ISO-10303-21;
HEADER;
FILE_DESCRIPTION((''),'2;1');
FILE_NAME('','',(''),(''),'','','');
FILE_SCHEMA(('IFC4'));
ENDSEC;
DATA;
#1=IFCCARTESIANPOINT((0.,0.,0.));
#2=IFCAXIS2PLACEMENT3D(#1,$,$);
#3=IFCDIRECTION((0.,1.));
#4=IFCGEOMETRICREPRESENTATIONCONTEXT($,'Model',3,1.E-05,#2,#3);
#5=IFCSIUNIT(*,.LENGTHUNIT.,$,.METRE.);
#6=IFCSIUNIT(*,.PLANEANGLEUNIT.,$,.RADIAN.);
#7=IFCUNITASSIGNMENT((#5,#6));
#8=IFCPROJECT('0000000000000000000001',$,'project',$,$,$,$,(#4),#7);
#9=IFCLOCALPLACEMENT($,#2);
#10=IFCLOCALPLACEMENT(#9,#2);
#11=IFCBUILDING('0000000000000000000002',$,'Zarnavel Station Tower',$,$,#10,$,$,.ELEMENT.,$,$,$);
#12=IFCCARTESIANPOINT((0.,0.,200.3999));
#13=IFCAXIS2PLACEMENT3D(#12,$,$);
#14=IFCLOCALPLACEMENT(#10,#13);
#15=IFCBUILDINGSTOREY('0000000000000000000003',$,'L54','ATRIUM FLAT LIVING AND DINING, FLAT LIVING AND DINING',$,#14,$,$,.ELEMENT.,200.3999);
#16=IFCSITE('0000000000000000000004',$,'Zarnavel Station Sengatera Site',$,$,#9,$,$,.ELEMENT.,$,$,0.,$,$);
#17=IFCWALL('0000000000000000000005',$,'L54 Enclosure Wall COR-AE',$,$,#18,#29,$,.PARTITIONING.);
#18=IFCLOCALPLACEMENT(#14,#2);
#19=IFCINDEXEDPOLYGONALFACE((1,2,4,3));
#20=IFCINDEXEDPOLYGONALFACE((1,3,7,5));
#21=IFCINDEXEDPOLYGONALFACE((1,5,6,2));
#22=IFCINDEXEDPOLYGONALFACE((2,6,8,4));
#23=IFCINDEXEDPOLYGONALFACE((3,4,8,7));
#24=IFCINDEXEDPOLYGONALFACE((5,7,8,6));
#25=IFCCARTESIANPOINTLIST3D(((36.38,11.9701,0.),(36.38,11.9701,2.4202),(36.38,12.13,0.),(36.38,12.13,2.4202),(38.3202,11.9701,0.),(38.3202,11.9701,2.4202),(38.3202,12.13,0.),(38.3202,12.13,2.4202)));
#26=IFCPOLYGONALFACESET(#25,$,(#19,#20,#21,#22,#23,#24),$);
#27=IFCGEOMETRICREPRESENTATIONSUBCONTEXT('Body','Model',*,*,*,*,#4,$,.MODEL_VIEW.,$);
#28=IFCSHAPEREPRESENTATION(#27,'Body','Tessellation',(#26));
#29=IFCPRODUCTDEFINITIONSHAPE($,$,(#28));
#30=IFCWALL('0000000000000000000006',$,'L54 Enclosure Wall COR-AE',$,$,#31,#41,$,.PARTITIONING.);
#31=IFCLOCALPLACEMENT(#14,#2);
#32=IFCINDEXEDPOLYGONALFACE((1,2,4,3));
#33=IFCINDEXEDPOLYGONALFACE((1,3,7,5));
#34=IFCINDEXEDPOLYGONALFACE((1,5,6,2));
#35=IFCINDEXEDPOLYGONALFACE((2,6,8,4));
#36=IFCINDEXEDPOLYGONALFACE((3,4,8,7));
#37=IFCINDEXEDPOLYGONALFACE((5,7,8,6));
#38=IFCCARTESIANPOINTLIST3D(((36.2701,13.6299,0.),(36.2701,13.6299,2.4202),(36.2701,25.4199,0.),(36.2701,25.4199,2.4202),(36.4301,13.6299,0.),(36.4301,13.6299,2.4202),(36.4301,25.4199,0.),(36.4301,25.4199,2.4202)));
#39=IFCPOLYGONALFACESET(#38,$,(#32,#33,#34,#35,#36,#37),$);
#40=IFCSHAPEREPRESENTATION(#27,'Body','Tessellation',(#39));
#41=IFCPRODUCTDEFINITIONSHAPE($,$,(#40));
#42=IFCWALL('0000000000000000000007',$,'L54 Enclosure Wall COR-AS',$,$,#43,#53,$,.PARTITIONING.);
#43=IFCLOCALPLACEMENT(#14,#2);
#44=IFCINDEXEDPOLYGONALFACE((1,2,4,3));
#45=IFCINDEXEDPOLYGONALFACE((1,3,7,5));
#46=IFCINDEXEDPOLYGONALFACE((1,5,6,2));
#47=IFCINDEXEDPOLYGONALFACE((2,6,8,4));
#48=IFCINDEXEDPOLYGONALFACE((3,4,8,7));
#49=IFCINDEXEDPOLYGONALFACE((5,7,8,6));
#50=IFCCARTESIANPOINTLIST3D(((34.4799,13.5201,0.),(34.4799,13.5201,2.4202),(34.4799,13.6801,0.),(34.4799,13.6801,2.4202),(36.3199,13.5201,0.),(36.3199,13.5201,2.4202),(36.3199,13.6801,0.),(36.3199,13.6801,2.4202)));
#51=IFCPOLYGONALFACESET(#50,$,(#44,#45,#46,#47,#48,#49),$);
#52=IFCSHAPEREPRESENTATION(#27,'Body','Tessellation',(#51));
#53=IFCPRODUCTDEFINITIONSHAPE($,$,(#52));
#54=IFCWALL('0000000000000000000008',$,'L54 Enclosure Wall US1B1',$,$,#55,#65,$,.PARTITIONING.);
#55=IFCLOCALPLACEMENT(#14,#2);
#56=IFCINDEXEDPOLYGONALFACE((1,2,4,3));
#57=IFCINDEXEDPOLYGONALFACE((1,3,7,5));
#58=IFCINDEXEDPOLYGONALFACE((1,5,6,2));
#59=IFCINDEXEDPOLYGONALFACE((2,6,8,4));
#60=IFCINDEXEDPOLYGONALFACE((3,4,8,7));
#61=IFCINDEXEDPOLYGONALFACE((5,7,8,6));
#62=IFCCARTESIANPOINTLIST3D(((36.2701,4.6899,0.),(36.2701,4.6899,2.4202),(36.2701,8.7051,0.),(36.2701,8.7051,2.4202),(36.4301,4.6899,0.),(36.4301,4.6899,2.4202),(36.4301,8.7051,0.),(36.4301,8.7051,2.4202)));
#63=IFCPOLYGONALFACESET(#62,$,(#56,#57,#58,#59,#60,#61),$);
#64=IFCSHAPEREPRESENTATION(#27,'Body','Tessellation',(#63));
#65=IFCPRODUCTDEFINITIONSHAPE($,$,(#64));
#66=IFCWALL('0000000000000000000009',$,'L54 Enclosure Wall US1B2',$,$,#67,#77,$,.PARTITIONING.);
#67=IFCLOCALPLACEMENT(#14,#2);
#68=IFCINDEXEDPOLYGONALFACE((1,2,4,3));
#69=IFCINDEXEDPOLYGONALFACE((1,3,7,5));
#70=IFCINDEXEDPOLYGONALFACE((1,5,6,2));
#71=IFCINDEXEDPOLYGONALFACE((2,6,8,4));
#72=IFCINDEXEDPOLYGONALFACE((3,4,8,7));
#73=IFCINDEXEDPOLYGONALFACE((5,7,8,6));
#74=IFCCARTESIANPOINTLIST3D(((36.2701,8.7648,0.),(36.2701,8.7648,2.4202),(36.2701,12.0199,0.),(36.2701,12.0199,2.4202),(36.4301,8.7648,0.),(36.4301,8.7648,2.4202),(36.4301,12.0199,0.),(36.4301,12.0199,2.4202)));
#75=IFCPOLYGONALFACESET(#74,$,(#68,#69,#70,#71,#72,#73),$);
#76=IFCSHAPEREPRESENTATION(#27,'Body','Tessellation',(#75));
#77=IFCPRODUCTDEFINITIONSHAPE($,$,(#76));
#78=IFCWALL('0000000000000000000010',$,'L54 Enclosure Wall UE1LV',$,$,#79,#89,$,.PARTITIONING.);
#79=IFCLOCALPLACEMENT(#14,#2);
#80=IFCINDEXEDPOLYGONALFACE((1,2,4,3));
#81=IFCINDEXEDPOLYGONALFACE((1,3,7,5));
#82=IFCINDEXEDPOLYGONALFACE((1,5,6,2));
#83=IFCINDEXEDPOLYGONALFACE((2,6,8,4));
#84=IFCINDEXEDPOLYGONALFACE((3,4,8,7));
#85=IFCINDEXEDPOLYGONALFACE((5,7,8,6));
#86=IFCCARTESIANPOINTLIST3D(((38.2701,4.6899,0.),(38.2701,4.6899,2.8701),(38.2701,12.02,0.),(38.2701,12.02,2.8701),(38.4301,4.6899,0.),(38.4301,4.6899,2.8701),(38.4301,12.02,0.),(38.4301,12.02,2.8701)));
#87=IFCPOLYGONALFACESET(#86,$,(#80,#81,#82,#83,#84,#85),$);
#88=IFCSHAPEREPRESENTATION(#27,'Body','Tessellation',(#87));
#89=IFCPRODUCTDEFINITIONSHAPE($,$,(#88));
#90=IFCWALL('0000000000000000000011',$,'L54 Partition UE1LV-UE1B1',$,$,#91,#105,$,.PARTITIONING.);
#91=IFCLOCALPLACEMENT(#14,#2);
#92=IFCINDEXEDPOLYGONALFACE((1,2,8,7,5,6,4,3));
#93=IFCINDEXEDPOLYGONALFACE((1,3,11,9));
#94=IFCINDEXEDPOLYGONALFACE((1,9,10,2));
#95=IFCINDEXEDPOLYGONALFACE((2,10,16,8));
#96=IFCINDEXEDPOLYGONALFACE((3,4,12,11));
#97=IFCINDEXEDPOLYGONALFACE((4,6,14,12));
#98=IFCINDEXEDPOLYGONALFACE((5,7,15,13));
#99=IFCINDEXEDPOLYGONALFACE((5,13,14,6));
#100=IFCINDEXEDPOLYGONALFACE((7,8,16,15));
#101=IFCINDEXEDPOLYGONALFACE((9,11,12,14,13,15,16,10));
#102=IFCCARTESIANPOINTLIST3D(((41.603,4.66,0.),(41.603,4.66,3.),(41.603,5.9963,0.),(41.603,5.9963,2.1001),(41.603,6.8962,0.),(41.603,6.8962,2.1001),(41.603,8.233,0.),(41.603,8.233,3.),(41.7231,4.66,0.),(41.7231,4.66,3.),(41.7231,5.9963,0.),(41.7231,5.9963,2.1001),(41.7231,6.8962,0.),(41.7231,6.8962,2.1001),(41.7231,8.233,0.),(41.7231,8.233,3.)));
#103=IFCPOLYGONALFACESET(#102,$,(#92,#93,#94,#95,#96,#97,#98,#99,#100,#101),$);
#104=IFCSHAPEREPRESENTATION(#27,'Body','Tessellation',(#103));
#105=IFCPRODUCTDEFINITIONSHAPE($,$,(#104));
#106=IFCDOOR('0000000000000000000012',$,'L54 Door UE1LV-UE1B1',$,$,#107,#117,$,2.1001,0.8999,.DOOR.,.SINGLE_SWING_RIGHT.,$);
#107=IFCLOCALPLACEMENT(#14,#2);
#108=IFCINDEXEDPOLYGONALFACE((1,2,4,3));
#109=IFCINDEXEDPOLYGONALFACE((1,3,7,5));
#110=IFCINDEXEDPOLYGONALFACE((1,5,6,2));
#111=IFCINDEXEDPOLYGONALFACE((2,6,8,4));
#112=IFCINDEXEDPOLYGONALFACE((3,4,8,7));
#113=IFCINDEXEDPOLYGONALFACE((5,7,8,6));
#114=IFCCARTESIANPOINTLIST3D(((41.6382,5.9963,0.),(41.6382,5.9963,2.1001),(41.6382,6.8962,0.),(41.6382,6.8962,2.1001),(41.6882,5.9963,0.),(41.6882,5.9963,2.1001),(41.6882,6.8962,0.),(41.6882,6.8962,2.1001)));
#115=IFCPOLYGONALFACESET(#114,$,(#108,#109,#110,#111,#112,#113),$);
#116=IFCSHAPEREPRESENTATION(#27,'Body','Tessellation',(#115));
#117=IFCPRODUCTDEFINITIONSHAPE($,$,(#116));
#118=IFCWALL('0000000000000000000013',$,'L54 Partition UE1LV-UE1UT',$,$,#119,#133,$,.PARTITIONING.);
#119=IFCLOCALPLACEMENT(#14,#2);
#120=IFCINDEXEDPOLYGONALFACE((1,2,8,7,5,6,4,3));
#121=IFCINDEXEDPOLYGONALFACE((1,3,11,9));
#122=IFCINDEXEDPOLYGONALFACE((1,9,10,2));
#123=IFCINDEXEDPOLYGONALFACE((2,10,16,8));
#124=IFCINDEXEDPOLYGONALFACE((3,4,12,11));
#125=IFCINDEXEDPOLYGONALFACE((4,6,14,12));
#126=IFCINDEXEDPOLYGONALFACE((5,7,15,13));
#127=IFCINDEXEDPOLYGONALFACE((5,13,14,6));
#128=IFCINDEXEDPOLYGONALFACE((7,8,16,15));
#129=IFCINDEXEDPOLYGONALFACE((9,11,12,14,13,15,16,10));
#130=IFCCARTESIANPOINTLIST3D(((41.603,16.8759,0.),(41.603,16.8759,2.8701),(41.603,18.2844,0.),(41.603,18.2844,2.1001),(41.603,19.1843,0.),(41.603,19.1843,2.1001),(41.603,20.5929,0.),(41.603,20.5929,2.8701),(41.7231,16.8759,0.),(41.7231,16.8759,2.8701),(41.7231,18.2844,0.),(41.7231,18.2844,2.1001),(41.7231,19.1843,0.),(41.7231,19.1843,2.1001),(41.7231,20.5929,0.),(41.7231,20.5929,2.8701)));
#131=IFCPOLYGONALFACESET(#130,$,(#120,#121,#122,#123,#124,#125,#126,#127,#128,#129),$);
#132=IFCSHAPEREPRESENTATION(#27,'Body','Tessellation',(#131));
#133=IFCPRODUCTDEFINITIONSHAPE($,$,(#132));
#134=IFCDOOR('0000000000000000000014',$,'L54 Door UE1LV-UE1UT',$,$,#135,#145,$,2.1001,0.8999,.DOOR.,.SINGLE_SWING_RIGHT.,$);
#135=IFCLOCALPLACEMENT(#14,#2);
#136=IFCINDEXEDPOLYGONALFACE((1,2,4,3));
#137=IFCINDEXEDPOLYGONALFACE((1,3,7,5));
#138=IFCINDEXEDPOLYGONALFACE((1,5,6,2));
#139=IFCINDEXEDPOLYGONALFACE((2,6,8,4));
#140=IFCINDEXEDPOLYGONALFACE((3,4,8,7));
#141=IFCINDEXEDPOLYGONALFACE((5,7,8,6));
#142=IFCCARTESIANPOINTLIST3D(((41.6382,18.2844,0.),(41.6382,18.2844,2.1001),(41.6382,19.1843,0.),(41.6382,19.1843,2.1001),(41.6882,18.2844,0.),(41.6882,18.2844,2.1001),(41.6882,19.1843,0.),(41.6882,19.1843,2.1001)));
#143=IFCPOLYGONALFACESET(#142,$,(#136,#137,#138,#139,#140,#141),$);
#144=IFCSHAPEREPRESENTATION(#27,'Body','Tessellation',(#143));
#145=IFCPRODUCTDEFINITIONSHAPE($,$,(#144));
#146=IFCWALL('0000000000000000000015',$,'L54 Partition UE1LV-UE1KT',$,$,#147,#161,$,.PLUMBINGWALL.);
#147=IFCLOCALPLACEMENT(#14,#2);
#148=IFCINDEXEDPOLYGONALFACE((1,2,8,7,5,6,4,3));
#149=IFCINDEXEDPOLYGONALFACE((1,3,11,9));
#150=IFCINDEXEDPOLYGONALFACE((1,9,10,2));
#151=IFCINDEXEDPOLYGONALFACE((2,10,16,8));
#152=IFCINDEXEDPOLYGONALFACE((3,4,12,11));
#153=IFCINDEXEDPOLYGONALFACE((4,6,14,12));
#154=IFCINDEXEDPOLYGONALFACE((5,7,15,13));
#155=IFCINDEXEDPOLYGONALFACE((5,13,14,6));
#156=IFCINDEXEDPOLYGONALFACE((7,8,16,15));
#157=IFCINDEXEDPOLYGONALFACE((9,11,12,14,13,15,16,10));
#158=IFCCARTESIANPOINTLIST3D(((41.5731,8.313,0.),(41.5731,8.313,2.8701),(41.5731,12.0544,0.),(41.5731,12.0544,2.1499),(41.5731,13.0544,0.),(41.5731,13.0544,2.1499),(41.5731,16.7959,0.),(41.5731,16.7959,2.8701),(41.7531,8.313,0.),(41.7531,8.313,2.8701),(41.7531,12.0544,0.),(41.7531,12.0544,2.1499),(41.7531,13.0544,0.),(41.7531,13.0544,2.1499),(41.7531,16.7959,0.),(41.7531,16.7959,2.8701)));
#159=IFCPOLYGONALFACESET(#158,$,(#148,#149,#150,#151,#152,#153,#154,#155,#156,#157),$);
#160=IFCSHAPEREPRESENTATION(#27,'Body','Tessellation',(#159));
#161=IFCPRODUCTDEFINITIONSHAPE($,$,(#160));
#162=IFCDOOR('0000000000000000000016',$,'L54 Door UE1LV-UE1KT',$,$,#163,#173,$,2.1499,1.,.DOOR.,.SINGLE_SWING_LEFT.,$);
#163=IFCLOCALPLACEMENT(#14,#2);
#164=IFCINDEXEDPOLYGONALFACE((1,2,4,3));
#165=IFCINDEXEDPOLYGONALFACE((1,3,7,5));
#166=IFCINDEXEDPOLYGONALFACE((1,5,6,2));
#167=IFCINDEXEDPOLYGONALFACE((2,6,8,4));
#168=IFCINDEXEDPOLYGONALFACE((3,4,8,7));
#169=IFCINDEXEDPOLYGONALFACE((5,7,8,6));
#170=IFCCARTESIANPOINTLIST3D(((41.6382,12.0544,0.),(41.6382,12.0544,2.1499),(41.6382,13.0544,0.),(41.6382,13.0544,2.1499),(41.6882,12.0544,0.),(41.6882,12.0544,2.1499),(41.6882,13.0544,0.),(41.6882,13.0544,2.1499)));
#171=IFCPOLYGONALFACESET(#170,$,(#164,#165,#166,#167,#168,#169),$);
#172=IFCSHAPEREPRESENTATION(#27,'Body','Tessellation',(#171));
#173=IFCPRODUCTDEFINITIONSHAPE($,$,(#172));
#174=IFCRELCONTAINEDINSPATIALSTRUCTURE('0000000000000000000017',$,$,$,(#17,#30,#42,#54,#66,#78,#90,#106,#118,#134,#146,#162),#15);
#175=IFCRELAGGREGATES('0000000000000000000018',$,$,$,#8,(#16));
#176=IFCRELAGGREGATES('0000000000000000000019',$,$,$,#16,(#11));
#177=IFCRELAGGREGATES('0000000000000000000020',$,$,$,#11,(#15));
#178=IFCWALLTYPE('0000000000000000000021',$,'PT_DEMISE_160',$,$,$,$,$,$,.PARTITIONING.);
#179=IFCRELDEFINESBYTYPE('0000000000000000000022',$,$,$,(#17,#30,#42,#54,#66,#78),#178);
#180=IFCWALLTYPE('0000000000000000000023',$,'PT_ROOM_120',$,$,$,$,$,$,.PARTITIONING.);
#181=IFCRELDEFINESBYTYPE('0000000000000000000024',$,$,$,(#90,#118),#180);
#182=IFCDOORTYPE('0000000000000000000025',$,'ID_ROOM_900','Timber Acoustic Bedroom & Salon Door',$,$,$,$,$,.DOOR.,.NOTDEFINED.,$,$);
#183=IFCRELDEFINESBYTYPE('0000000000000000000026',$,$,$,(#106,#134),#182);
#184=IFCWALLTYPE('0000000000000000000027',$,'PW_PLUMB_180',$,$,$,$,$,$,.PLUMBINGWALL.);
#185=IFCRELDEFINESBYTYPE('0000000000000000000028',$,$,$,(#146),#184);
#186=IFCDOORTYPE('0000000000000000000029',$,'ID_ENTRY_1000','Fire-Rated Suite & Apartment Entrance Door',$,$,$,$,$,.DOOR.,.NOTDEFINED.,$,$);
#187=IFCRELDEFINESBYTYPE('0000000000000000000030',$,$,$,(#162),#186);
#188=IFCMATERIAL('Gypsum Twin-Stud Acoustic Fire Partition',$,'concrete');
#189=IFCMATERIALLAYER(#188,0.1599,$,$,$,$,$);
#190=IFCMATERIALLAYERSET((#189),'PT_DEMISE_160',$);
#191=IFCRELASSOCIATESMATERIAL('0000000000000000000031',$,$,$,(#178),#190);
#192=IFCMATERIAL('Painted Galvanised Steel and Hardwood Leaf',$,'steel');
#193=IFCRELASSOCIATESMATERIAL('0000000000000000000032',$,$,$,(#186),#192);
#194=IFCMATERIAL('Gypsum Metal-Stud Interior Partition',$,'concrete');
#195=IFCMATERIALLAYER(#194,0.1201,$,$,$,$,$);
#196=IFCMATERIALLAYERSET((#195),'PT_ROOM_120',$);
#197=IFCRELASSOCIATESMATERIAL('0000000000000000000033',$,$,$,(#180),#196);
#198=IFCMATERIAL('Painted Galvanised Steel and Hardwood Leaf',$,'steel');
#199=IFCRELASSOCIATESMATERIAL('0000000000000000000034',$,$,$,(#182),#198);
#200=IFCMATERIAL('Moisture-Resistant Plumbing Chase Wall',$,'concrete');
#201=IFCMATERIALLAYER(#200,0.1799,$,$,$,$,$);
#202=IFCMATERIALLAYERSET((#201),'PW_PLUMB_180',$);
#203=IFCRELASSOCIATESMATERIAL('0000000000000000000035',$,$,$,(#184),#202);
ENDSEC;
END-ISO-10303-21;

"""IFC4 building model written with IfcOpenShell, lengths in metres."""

from ifc_helpers import new_model, si_unit, direction, frame, frame_2d, origin, place, context, subcontext, project, spatial, rectangle, extrude, material, layer, layer_set, type_object, element, fill, save


model = new_model("IFC4")

# Units and contexts
model_context = context("Model", 3, precision=1e-05, world=origin(), true_north=direction((0.0, 1.0)))
body_context = subcontext(model_context, "Body", "Model", "MODEL_VIEW")
ifc_project = project(units=[si_unit("LENGTHUNIT", "METRE"), si_unit("PLANEANGLEUNIT", "RADIAN")], contexts=[model_context])

# Site, building, storey
site_placement = place(None, origin())
site = spatial("IfcSite", under=ifc_project, at=site_placement, Name="Zarnavel Station Sengatera Site", CompositionType="ELEMENT", RefElevation=0.0)
building_placement = place(site_placement, origin())
building = spatial("IfcBuilding", under=site, at=building_placement, Name="Zarnavel Station Tower", CompositionType="ELEMENT")
storey_placement = place(building_placement, frame((0.0, 0.0, 200.3999)))
storey = spatial("IfcBuildingStorey", under=building, at=storey_placement, Name="L54", Description="ATRIUM FLAT LIVING AND DINING, FLAT LIVING AND DINING", CompositionType="ELEMENT", Elevation=200.3999)

# Shared definitions
ifc_material_1 = material(Name="Gypsum Twin-Stud Acoustic Fire Partition", Category="concrete")
ifc_layer_1 = layer(ifc_material_1, 0.1599)
ifc_layer_set_1 = layer_set([ifc_layer_1], Name="PT_DEMISE_160")
wall_type_1 = type_object("IfcWallType", Name="PT_DEMISE_160", PredefinedType="PARTITIONING", material=ifc_layer_set_1)
ifc_material_2 = material(Name="Painted Galvanised Steel and Hardwood Leaf", Category="steel")
door_type_1 = type_object("IfcDoorType", Name="ID_ENTRY_1000", Description="Fire-Rated Suite & Apartment Entrance Door", OperationType="NOTDEFINED", PredefinedType="DOOR", material=ifc_material_2)

# Walls
wall_1_placement = place(storey_placement, frame((36.3799, 12.05, 0.0), z_axis=(0.0, 0.0, 1.0), x_axis=(1.0, 0.0, 0.0)))
element("IfcWall", 1, at=wall_1_placement, inside=storey, type_object=wall_type_1, Name="L54 Enclosure Wall COR-AE", PredefinedType="PARTITIONING", context=body_context, shape_type="SweptSolid", body=[
    extrude(rectangle(XDim=1.9402, YDim=0.1599, at=frame_2d((0.9702, 0.0))), origin(), (0.0, 0.0, 1.0), 2.4202),
])
wall_2_placement = place(storey_placement, frame((36.3501, 13.6299, 0.0), z_axis=(0.0, 0.0, 1.0), x_axis=(0.0, 1.0, 0.0)))
element("IfcWall", 2, at=wall_2_placement, inside=storey, type_object=wall_type_1, Name="L54 Enclosure Wall COR-AE", PredefinedType="PARTITIONING", context=body_context, shape_type="SweptSolid", body=[
    extrude(rectangle(XDim=11.79, YDim=0.1599, at=frame_2d((5.895, 0.0))), origin(), (0.0, 0.0, 1.0), 2.4202),
])
wall_3_placement = place(storey_placement, frame((34.48, 13.6001, 0.0), z_axis=(0.0, 0.0, 1.0), x_axis=(1.0, 0.0, 0.0)))
element("IfcWall", 3, at=wall_3_placement, inside=storey, type_object=wall_type_1, Name="L54 Enclosure Wall COR-AS", PredefinedType="PARTITIONING", context=body_context, shape_type="SweptSolid", body=[
    extrude(rectangle(XDim=1.8401, YDim=0.1599, at=frame_2d((0.9199, 0.0))), origin(), (0.0, 0.0, 1.0), 2.4202),
])
wall_4_placement = place(storey_placement, frame((36.3501, 4.6899, 0.0), z_axis=(0.0, 0.0, 1.0), x_axis=(0.0, 1.0, 0.0)))
element("IfcWall", 4, at=wall_4_placement, inside=storey, type_object=wall_type_1, Name="L54 Enclosure Wall US1B1", PredefinedType="PARTITIONING", context=body_context, shape_type="SweptSolid", body=[
    extrude(rectangle(XDim=4.0151, YDim=0.1599, at=frame_2d((2.0076, 0.0))), origin(), (0.0, 0.0, 1.0), 2.4202),
])
wall_5_placement = place(storey_placement, frame((36.3501, 8.7649, 0.0), z_axis=(0.0, 0.0, 1.0), x_axis=(0.0, 1.0, 0.0)))
element("IfcWall", 5, at=wall_5_placement, inside=storey, type_object=wall_type_1, Name="L54 Enclosure Wall US1B2", PredefinedType="PARTITIONING", context=body_context, shape_type="SweptSolid", body=[
    extrude(rectangle(XDim=3.2551, YDim=0.1599, at=frame_2d((1.6274, 0.0))), origin(), (0.0, 0.0, 1.0), 2.4202),
])
wall_6_placement = place(storey_placement, frame((38.3501, 4.6899, 0.0), z_axis=(0.0, 0.0, 1.0), x_axis=(0.0, 1.0, 0.0)))
element("IfcWall", 6, at=wall_6_placement, inside=storey, type_object=wall_type_1, Name="L54 Enclosure Wall UE1LV", PredefinedType="PARTITIONING", context=body_context, shape_type="SweptSolid", body=[
    extrude(rectangle(XDim=7.3301, YDim=0.1599, at=frame_2d((3.665, 0.0))), origin(), (0.0, 0.0, 1.0), 2.8701),
])

# Walls, openings, doors
ifc_material_3 = material(Name="Gypsum Metal-Stud Interior Partition", Category="concrete")
ifc_layer_2 = layer(ifc_material_3, 0.1201)
ifc_layer_set_2 = layer_set([ifc_layer_2], Name="PT_ROOM_120")
wall_type_2 = type_object("IfcWallType", Name="PT_ROOM_120", PredefinedType="PARTITIONING", material=ifc_layer_set_2)
wall_7_placement = place(storey_placement, frame((41.6631, 4.6599, 0.0), z_axis=(0.0, 0.0, 1.0), x_axis=(0.0, 1.0, 0.0)))
wall_7 = element("IfcWall", 7, at=wall_7_placement, inside=storey, type_object=wall_type_2, Name="L54 Partition UE1LV-UE1B1", PredefinedType="PARTITIONING", context=body_context, shape_type="SweptSolid", body=[
    extrude(rectangle(XDim=3.573, YDim=0.1201, at=frame_2d((1.7866, 0.0))), origin(), (0.0, 0.0, 1.0), 3.0),
])
opening_1_placement = place(wall_7_placement, frame((1.3364, 0.0, 0.0)))
opening_1 = element("IfcOpeningElement", 8, at=opening_1_placement, cuts=wall_7, PredefinedType="OPENING", context=body_context, shape_type="SweptSolid", body=[
    extrude(rectangle(XDim=0.8999, YDim=2.1001, at=frame_2d((0.45, 1.05))), frame((0.0, 0.0701, 0.0), z_axis=(0.0, -1.0, 0.0), x_axis=(1.0, 0.0, 0.0)), (0.0, 0.0, 1.0), 0.1401),
])
ifc_material_4 = material(Name="Painted Galvanised Steel and Hardwood Leaf", Category="steel")
door_type_2 = type_object("IfcDoorType", Name="ID_ROOM_900", Description="Timber Acoustic Bedroom & Salon Door", OperationType="NOTDEFINED", PredefinedType="DOOR", material=ifc_material_4)
door_1_placement = place(opening_1_placement, origin())
door_1 = element("IfcDoor", 9, at=door_1_placement, inside=storey, type_object=door_type_2, Name="L54 Door UE1LV-UE1B1", OperationType="SINGLE_SWING_RIGHT", OverallHeight=2.1001, OverallWidth=0.8999, PredefinedType="DOOR", context=body_context, shape_type="SweptSolid", body=[
    extrude(rectangle(XDim=0.8999, YDim=2.1001, at=frame_2d((0.45, 1.05))), frame((0.0, 0.0249, 0.0), z_axis=(0.0, -1.0, 0.0), x_axis=(1.0, 0.0, 0.0)), (0.0, 0.0, 1.0), 0.05),
])
fill(opening_1, door_1)
wall_8_placement = place(storey_placement, frame((41.6631, 16.876, 0.0), z_axis=(0.0, 0.0, 1.0), x_axis=(0.0, 1.0, 0.0)))
wall_8 = element("IfcWall", 10, at=wall_8_placement, inside=storey, type_object=wall_type_2, Name="L54 Partition UE1LV-UE1UT", PredefinedType="PARTITIONING", context=body_context, shape_type="SweptSolid", body=[
    extrude(rectangle(XDim=3.717, YDim=0.1201, at=frame_2d((1.8584, 0.0))), origin(), (0.0, 0.0, 1.0), 2.8701),
])
opening_2_placement = place(wall_8_placement, frame((1.4084, 0.0, 0.0)))
opening_2 = element("IfcOpeningElement", 11, at=opening_2_placement, cuts=wall_8, PredefinedType="OPENING", context=body_context, shape_type="SweptSolid", body=[
    extrude(rectangle(XDim=0.8999, YDim=2.1001, at=frame_2d((0.45, 1.05))), frame((0.0, 0.0701, 0.0), z_axis=(0.0, -1.0, 0.0), x_axis=(1.0, 0.0, 0.0)), (0.0, 0.0, 1.0), 0.1401),
])
door_2_placement = place(opening_2_placement, origin())
door_2 = element("IfcDoor", 12, at=door_2_placement, inside=storey, type_object=door_type_2, Name="L54 Door UE1LV-UE1UT", OperationType="SINGLE_SWING_RIGHT", OverallHeight=2.1001, OverallWidth=0.8999, PredefinedType="DOOR", context=body_context, shape_type="SweptSolid", body=[
    extrude(rectangle(XDim=0.8999, YDim=2.1001, at=frame_2d((0.45, 1.05))), frame((0.0, 0.0249, 0.0), z_axis=(0.0, -1.0, 0.0), x_axis=(1.0, 0.0, 0.0)), (0.0, 0.0, 1.0), 0.05),
])
fill(opening_2, door_2)
ifc_material_5 = material(Name="Moisture-Resistant Plumbing Chase Wall", Category="concrete")
ifc_layer_3 = layer(ifc_material_5, 0.1799)
ifc_layer_set_3 = layer_set([ifc_layer_3], Name="PW_PLUMB_180")
wall_type_3 = type_object("IfcWallType", Name="PW_PLUMB_180", PredefinedType="PLUMBINGWALL", material=ifc_layer_set_3)
wall_9_placement = place(storey_placement, frame((41.6631, 8.313, 0.0), z_axis=(0.0, 0.0, 1.0), x_axis=(0.0, 1.0, 0.0)))
wall_9 = element("IfcWall", 13, at=wall_9_placement, inside=storey, type_object=wall_type_3, Name="L54 Partition UE1LV-UE1KT", PredefinedType="PLUMBINGWALL", context=body_context, shape_type="SweptSolid", body=[
    extrude(rectangle(XDim=8.4829, YDim=0.1799, at=frame_2d((4.2415, 0.0))), origin(), (0.0, 0.0, 1.0), 2.8701),
])
opening_3_placement = place(wall_9_placement, frame((3.7415, 0.0, 0.0)))
opening_3 = element("IfcOpeningElement", 14, at=opening_3_placement, cuts=wall_9, PredefinedType="OPENING", context=body_context, shape_type="SweptSolid", body=[
    extrude(rectangle(XDim=1.0, YDim=2.1499, at=frame_2d((0.5, 1.075))), frame((0.0, 0.0999, 0.0), z_axis=(0.0, -1.0, 0.0), x_axis=(1.0, 0.0, 0.0)), (0.0, 0.0, 1.0), 0.2),
])
door_3_placement = place(opening_3_placement, origin())
door_3 = element("IfcDoor", 15, at=door_3_placement, inside=storey, type_object=door_type_1, Name="L54 Door UE1LV-UE1KT", OperationType="SINGLE_SWING_LEFT", OverallHeight=2.1499, OverallWidth=1.0, PredefinedType="DOOR", context=body_context, shape_type="SweptSolid", body=[
    extrude(rectangle(XDim=1.0, YDim=2.1499, at=frame_2d((0.5, 1.075))), frame((0.0, 0.0249, 0.0), z_axis=(0.0, -1.0, 0.0), x_axis=(1.0, 0.0, 0.0)), (0.0, 0.0, 1.0), 0.05),
])
fill(opening_3, door_3)

save(model, "model.ifc")
